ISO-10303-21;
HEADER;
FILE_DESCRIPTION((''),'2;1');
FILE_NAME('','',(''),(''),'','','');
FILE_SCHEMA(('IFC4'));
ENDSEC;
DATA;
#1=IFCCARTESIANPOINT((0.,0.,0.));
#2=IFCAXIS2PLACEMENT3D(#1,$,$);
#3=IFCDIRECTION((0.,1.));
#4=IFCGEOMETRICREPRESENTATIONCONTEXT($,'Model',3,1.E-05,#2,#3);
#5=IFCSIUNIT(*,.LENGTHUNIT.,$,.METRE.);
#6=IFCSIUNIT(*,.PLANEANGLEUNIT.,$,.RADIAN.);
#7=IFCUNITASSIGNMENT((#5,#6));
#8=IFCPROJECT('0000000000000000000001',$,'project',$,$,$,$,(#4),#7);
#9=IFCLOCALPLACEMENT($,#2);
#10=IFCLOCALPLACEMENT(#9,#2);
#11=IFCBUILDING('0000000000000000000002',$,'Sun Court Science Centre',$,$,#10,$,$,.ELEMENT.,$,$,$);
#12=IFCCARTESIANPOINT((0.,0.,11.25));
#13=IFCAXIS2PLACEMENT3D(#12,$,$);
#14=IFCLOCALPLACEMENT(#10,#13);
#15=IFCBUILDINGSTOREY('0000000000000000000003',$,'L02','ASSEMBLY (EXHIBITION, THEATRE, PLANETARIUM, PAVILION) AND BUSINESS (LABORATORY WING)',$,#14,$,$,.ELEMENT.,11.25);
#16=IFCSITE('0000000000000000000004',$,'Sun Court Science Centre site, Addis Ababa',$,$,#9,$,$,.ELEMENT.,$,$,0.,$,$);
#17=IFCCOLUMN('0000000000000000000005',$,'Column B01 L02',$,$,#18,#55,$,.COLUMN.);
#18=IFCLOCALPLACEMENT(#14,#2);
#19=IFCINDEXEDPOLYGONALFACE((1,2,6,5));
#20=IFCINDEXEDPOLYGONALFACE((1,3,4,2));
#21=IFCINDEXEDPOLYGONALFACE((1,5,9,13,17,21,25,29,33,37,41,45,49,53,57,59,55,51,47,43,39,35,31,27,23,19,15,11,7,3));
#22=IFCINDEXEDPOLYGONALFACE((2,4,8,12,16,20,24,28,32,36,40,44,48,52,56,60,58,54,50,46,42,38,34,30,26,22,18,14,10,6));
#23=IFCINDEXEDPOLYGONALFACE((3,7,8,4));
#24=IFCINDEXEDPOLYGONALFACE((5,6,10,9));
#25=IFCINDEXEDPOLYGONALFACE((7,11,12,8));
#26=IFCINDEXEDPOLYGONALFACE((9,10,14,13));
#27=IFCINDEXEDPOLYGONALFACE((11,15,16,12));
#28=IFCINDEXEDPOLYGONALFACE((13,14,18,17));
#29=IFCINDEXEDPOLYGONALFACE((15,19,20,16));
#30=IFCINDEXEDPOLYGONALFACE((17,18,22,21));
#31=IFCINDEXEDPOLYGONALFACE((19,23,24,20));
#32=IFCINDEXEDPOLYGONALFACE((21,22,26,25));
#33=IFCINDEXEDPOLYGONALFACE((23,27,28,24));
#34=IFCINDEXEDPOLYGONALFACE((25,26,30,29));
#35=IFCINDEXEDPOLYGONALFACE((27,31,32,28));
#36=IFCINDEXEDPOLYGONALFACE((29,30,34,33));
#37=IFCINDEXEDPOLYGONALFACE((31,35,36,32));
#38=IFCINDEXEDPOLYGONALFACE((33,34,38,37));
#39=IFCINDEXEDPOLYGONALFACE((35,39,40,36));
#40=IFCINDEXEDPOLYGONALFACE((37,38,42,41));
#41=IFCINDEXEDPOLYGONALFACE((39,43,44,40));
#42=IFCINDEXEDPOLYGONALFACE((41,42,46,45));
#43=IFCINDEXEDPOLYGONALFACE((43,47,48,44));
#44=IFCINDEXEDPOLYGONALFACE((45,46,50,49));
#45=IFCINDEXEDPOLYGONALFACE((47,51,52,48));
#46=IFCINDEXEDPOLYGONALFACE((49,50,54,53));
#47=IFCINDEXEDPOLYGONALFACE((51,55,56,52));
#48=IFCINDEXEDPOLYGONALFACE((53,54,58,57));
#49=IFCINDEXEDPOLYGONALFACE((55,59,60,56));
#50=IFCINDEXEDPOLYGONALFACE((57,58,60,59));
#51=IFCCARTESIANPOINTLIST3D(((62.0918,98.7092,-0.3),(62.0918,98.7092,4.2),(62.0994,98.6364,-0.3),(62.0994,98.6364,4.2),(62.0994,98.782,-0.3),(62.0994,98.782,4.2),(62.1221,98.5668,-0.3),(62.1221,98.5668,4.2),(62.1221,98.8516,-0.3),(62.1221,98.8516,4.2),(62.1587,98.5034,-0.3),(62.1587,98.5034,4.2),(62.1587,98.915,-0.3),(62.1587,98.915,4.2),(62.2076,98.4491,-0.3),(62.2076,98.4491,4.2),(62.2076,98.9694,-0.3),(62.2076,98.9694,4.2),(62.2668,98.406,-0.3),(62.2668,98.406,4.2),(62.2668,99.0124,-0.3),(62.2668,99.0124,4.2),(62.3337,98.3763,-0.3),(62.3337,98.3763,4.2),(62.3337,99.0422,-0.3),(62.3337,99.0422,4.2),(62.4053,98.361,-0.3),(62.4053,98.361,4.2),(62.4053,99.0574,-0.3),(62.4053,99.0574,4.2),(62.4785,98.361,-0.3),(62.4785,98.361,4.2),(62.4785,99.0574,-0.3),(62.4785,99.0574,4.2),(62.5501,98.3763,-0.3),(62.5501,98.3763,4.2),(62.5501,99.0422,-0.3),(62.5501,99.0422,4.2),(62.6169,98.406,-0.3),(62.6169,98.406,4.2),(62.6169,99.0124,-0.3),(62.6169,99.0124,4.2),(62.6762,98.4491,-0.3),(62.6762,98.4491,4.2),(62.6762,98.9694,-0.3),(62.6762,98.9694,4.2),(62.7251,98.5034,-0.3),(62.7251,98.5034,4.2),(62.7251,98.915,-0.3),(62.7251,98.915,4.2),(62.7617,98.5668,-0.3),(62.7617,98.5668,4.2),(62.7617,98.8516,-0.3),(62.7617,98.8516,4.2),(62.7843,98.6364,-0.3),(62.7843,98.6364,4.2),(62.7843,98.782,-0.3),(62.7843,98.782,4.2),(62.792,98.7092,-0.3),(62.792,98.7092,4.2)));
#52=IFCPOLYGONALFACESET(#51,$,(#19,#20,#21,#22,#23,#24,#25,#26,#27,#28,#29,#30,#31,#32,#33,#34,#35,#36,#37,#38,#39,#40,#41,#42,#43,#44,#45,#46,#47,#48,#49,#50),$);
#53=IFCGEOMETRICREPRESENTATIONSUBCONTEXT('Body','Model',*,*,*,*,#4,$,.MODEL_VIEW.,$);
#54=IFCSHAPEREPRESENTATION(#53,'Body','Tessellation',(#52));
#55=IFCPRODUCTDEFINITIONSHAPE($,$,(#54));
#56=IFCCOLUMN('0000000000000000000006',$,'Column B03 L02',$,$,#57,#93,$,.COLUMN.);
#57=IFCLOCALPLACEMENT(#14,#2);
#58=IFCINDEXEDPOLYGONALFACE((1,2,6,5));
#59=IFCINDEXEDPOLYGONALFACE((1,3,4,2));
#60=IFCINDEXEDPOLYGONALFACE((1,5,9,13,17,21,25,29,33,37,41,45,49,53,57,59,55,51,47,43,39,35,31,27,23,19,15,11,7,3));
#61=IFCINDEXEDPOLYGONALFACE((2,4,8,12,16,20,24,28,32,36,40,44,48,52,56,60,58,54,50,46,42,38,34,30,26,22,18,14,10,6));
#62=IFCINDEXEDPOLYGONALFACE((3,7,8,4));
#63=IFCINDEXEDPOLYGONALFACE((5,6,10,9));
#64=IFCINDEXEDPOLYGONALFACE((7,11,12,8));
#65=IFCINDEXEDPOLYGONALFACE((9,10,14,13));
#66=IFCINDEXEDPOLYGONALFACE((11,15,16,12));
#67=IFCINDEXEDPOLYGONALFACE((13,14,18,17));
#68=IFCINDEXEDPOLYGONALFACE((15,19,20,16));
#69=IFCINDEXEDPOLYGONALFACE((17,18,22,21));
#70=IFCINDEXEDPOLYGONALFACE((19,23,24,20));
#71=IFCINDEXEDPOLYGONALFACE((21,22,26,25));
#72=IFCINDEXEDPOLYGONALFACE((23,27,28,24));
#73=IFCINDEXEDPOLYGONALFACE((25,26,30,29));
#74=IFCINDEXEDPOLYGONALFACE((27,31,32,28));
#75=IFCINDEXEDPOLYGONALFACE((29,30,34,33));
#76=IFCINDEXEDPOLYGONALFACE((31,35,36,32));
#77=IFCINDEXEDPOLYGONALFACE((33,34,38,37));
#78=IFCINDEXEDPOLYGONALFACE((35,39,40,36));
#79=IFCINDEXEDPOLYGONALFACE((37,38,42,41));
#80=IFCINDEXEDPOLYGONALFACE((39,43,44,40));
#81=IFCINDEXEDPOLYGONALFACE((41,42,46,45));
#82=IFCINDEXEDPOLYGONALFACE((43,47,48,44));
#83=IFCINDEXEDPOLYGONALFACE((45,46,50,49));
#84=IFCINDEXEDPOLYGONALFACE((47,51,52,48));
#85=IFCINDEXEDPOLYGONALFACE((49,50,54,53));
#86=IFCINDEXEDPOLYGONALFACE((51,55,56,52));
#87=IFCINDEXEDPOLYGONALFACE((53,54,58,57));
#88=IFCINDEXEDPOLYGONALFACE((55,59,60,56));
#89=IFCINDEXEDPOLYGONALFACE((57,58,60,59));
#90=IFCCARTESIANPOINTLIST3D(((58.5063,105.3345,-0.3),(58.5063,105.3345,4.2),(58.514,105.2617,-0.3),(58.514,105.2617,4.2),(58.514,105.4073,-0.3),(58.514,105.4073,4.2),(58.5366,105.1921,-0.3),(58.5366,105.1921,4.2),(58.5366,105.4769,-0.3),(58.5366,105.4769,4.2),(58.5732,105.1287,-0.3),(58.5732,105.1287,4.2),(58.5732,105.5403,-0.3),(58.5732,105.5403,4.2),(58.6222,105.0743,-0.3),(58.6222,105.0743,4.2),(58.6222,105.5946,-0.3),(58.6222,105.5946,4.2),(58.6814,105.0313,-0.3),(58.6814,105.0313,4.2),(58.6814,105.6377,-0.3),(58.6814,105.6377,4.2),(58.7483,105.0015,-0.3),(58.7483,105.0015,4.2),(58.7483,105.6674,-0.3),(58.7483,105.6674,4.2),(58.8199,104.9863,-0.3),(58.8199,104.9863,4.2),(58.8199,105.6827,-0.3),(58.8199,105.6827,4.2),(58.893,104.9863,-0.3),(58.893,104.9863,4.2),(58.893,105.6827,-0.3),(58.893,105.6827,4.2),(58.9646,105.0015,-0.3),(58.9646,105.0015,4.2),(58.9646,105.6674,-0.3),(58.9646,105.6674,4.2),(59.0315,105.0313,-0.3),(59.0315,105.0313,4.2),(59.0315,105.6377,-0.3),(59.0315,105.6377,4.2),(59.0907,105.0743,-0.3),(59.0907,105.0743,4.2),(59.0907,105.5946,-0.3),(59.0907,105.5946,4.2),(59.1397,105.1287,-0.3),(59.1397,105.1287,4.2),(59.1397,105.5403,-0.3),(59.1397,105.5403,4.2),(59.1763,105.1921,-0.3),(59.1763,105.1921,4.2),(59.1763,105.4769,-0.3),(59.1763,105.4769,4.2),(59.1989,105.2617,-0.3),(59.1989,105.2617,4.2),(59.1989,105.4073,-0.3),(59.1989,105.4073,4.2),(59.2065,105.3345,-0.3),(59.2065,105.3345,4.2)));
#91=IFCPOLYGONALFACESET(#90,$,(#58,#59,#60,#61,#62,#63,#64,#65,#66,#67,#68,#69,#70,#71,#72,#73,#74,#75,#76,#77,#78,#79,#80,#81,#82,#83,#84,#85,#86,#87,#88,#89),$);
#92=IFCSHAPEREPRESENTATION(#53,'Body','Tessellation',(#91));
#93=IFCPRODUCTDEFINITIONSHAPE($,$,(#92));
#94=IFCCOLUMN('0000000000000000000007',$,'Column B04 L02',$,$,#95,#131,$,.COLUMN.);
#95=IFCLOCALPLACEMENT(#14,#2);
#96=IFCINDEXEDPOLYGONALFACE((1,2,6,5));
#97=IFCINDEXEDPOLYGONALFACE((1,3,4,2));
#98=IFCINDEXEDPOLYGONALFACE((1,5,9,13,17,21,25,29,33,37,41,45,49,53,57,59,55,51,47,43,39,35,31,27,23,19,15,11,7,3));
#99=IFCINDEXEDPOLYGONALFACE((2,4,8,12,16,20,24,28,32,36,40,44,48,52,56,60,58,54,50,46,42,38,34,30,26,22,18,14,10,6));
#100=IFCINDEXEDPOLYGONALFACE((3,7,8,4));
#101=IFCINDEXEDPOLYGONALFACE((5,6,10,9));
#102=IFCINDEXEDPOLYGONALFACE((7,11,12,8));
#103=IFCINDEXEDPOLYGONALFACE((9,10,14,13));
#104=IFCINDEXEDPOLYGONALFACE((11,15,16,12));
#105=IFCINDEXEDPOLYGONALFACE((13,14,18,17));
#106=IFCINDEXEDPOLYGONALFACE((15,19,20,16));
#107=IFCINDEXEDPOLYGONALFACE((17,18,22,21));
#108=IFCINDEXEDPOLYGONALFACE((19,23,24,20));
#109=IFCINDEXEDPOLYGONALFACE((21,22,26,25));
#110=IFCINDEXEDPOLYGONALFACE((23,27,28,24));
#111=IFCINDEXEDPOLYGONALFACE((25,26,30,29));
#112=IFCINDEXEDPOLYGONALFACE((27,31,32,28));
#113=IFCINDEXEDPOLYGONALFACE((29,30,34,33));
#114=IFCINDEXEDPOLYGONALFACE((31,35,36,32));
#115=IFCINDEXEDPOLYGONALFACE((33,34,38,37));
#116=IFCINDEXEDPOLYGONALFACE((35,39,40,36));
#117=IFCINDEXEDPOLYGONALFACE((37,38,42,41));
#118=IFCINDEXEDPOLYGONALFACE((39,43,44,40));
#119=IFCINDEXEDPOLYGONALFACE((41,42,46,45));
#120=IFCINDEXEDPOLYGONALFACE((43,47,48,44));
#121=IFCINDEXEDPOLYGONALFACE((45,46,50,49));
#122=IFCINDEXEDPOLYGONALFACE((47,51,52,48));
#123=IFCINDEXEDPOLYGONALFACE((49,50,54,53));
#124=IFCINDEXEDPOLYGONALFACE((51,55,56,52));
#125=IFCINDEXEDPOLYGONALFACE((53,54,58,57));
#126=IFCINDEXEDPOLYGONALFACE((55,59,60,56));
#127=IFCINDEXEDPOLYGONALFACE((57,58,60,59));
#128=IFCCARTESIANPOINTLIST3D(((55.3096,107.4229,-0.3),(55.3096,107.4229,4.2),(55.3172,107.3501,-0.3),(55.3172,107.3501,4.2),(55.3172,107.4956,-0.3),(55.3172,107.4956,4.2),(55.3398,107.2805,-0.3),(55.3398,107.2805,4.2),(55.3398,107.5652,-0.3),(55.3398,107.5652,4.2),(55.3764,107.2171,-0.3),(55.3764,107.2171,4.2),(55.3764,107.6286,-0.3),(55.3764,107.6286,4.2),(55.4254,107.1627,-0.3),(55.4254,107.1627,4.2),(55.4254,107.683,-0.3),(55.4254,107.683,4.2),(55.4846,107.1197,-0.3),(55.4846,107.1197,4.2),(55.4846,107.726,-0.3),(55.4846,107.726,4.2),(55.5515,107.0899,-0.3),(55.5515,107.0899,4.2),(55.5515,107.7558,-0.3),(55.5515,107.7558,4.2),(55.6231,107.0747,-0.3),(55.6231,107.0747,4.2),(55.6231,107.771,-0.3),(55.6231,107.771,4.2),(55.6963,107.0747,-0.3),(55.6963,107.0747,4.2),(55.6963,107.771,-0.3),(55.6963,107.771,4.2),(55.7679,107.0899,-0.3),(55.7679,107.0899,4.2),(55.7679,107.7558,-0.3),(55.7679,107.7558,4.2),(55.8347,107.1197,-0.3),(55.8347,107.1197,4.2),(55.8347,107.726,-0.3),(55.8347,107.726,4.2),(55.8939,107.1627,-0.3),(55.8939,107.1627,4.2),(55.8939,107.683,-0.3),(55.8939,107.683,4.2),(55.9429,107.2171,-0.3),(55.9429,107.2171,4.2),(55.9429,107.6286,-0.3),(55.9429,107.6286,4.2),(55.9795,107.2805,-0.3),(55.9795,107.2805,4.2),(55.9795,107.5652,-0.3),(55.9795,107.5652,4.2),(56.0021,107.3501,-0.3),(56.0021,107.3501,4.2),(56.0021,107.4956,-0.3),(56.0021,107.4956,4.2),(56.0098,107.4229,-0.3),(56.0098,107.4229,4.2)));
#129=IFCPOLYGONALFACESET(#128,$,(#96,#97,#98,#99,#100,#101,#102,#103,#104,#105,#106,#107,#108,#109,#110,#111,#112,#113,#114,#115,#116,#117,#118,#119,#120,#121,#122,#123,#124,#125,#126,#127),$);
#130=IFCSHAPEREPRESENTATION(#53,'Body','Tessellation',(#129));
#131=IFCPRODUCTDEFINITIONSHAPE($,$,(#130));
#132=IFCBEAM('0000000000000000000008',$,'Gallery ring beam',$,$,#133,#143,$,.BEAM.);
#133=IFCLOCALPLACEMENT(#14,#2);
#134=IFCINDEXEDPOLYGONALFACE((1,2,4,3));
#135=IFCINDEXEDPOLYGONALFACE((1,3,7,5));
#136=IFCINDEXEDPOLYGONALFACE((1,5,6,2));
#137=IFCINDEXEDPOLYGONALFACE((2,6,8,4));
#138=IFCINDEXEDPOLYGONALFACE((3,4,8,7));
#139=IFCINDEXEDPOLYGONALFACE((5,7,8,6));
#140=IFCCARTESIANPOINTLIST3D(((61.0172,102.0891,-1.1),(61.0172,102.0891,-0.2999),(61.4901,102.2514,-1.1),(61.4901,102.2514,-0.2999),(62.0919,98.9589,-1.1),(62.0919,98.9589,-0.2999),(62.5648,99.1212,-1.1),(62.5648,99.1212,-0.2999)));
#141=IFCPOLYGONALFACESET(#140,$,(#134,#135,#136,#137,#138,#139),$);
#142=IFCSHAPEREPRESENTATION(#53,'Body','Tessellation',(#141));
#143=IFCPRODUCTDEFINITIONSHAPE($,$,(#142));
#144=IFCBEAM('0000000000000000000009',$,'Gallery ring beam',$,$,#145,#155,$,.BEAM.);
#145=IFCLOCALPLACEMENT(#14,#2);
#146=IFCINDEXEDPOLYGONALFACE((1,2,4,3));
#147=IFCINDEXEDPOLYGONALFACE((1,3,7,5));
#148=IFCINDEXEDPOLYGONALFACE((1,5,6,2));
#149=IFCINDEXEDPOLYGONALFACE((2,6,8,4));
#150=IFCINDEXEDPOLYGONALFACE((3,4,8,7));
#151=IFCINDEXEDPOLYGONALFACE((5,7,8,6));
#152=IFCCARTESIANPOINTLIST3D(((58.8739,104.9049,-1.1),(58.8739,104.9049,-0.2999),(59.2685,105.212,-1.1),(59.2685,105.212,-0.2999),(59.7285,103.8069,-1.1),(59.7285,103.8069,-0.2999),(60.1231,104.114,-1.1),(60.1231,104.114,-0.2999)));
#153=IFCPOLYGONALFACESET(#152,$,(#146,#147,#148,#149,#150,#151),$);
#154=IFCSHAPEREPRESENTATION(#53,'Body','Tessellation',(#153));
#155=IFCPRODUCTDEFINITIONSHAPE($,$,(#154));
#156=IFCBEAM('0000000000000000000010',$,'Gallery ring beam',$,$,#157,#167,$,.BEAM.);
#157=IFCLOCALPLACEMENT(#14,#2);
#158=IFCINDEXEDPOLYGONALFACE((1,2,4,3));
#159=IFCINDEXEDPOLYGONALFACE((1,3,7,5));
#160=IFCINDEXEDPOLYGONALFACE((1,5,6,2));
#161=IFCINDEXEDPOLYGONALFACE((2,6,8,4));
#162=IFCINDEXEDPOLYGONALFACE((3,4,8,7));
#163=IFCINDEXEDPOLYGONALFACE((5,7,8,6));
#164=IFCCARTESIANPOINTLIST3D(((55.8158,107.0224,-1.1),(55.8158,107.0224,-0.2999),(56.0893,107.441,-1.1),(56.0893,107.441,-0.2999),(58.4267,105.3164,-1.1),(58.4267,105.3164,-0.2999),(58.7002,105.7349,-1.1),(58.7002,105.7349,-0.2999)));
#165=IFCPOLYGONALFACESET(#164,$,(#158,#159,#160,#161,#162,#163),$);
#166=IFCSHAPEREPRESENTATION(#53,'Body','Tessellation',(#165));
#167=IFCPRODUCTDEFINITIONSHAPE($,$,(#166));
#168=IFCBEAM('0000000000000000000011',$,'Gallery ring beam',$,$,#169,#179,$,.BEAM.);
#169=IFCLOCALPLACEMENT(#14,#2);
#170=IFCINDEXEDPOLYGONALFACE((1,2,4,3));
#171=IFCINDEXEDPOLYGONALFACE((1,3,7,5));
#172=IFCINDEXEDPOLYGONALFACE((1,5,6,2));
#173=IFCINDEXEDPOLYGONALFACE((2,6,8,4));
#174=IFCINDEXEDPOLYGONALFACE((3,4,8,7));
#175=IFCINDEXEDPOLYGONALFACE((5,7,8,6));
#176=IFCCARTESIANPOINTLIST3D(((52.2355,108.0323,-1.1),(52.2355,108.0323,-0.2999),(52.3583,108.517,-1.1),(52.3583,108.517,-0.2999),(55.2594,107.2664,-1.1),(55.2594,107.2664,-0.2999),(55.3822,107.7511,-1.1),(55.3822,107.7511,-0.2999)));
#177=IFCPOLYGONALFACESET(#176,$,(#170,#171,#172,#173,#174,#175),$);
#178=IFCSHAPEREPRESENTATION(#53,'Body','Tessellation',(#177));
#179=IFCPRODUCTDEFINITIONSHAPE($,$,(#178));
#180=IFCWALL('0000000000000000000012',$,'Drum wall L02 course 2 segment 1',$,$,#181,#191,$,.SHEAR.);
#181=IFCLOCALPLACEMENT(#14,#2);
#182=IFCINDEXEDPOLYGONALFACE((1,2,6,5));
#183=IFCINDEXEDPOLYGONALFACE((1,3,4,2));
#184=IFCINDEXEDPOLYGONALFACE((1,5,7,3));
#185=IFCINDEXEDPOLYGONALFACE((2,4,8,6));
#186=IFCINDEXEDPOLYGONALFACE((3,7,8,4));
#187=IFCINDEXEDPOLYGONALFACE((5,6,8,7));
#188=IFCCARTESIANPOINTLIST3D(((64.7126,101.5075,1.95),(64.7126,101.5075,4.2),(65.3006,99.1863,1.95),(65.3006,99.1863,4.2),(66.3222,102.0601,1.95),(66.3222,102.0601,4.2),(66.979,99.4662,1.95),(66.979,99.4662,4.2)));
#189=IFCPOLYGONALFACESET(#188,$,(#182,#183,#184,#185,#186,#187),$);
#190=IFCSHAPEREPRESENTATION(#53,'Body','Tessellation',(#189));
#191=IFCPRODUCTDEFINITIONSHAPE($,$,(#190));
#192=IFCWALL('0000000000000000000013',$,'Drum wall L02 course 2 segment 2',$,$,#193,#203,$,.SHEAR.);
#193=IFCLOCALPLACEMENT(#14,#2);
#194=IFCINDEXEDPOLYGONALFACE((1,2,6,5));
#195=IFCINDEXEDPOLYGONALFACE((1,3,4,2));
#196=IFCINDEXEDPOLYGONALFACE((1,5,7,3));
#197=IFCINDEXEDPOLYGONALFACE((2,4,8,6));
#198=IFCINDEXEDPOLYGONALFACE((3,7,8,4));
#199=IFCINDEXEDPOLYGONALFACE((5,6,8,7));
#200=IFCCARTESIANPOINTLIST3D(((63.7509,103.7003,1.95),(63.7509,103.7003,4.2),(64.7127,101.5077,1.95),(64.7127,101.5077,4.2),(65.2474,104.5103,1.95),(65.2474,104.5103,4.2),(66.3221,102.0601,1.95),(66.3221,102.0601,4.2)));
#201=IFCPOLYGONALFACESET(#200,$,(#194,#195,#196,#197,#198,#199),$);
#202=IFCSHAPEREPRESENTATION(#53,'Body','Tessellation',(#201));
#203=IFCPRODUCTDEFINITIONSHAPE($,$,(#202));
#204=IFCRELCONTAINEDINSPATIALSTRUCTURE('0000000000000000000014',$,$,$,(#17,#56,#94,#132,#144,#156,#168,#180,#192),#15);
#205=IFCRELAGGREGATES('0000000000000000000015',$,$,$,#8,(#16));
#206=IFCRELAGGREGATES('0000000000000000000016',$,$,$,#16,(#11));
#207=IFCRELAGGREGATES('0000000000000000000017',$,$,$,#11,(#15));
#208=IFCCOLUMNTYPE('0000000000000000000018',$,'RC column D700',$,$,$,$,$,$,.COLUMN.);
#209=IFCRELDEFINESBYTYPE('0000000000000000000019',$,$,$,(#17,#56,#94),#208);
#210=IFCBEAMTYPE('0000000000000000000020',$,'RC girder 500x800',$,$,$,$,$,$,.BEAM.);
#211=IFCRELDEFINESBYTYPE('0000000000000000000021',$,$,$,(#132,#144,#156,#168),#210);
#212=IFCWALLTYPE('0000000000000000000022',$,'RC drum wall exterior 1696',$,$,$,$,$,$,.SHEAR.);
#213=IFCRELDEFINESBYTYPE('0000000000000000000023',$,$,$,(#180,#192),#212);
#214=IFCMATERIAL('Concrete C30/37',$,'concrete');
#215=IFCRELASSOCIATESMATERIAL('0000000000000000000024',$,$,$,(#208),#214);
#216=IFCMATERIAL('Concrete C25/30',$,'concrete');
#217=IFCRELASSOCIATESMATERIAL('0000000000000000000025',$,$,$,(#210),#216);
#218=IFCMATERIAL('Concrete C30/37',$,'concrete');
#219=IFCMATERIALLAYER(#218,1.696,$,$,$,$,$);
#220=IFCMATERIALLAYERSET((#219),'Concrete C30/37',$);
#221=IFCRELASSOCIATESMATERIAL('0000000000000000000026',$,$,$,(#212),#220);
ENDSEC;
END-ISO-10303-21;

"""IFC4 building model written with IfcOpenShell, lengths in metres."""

from ifc_helpers import new_model, si_unit, direction, frame, origin, origin_2d, place, context, subcontext, project, spatial, polyline, rectangle, circle, outline, extrude, material, layer, layer_set, material_profile, profile_set, type_object, element, save


model = new_model("IFC4")

# Units and contexts
model_context = context("Model", 3, precision=1e-05, world=origin(), true_north=direction((0.0, 1.0)))
body_context = subcontext(model_context, "Body", "Model", "MODEL_VIEW")
ifc_project = project(units=[si_unit("LENGTHUNIT", "METRE"), si_unit("PLANEANGLEUNIT", "RADIAN")], contexts=[model_context])

# Site, building, storey
site_placement = place(None, origin())
site = spatial("IfcSite", under=ifc_project, at=site_placement, Name="Sun Court Science Centre site, Addis Ababa", CompositionType="ELEMENT", RefElevation=0.0)
building_placement = place(site_placement, origin())
building = spatial("IfcBuilding", under=site, at=building_placement, Name="Sun Court Science Centre", CompositionType="ELEMENT")
storey_placement = place(building_placement, frame((0.0, 0.0, 11.25)))
storey = spatial("IfcBuildingStorey", under=building, at=storey_placement, Name="L02", Description="ASSEMBLY (EXHIBITION, THEATRE, PLANETARIUM, PAVILION) AND BUSINESS (LABORATORY WING)", CompositionType="ELEMENT", Elevation=11.25)

# Columns
ifc_material_1 = material(Name="Concrete C30/37", Category="concrete")
ifc_material_profile_1 = material_profile(ifc_material_1, circle(Radius=0.3501, at=origin_2d()), Name="RC D700")
ifc_profile_set_1 = profile_set([ifc_material_profile_1], Name="Concrete C30/37")
column_type = type_object("IfcColumnType", Name="RC column D700", PredefinedType="COLUMN", material=ifc_profile_set_1)
for number, where, z_axis, x_axis, name in (
    (1, (62.4419, 98.7092, -0.3), (0.0, 0.0, 1.0), (1.0, 0.0, 0.0), "Column B01 L02"),
    (2, (58.8564, 105.3345, -0.3), (0.0, 0.0, 1.0), (1.0, 0.0, 0.0), "Column B03 L02"),
    (3, (55.6597, 107.4229, -0.3), (0.0, 0.0, 1.0), (1.0, 0.0, 0.0), "Column B04 L02"),
):
    element("IfcColumn", number, at=place(storey_placement, frame(where, z_axis=z_axis, x_axis=x_axis)), inside=storey, type_object=column_type, Name=name, PredefinedType="COLUMN", context=body_context, shape_type="SweptSolid", body=[
        extrude(circle(Radius=0.3501, at=origin_2d()), origin(), (0.0, 0.0, 1.0), 4.5),
    ])

# Beams
ifc_material_2 = material(Name="Concrete C25/30", Category="concrete")
ifc_material_profile_2 = material_profile(ifc_material_2, rectangle(XDim=0.5, YDim=0.8, at=origin_2d()), Name="RC 500x800")
ifc_profile_set_2 = profile_set([ifc_material_profile_2], Name="Concrete C25/30")
beam_type = type_object("IfcBeamType", Name="RC girder 500x800", PredefinedType="BEAM", material=ifc_profile_set_2)
beam_1_placement = place(storey_placement, frame((62.3284, 99.04, -0.7), z_axis=(-0.324735, 0.945805, 0.0), x_axis=(-0.945805, -0.324735, 0.0)))
element("IfcBeam", 4, at=beam_1_placement, inside=storey, type_object=beam_type, Name="Gallery ring beam", PredefinedType="BEAM", context=body_context, shape_type="SweptSolid", body=[
    extrude(rectangle(XDim=0.5, YDim=0.8, at=origin_2d()), origin(), (0.0, 0.0, 1.0), 3.3096),
])
beam_2_placement = place(storey_placement, frame((59.9258, 103.9604, -0.7), z_axis=(-0.614196, 0.789154, 0.0), x_axis=(-0.789154, -0.614196, 0.0)))
element("IfcBeam", 5, at=beam_2_placement, inside=storey, type_object=beam_type, Name="Gallery ring beam", PredefinedType="BEAM", context=body_context, shape_type="SweptSolid", body=[
    extrude(rectangle(XDim=0.5, YDim=0.8, at=origin_2d()), origin(), (0.0, 0.0, 1.0), 1.3914),
])
beam_3_placement = place(storey_placement, frame((58.5635, 105.5256, -0.7), z_axis=(-0.837121, 0.547017, 0.0), x_axis=(-0.547017, -0.837121, 0.0)))
element("IfcBeam", 6, at=beam_3_placement, inside=storey, type_object=beam_type, Name="Gallery ring beam", PredefinedType="BEAM", context=body_context, shape_type="SweptSolid", body=[
    extrude(rectangle(XDim=0.5, YDim=0.8, at=origin_2d()), origin(), (0.0, 0.0, 1.0), 3.1189),
])
beam_4_placement = place(storey_placement, frame((55.3208, 107.5088, -0.7), z_axis=(-0.969392, 0.245518, 0.0), x_axis=(-0.245518, -0.969392, 0.0)))
element("IfcBeam", 7, at=beam_4_placement, inside=storey, type_object=beam_type, Name="Gallery ring beam", PredefinedType="BEAM", context=body_context, shape_type="SweptSolid", body=[
    extrude(rectangle(XDim=0.5, YDim=0.8, at=origin_2d()), origin(), (0.0, 0.0, 1.0), 3.1194),
])

# Walls
ifc_material_3 = material(Name="Concrete C30/37", Category="concrete")
ifc_layer_1 = layer(ifc_material_3, 1.696)
ifc_layer_set_1 = layer_set([ifc_layer_1], Name="Concrete C30/37")
wall_type_1 = type_object("IfcWallType", Name="RC drum wall exterior 1696", PredefinedType="SHEAR", material=ifc_layer_set_1)
wall_1_placement = place(storey_placement, frame((66.157, 99.2583, 1.95), z_axis=(0.0, 0.0, 1.0), x_axis=(-0.245454, 0.969408, 0.0)))
element("IfcWall", 8, at=wall_1_placement, inside=storey, type_object=wall_type_1, Name="Drum wall L02 course 2 segment 1", PredefinedType="SHEAR", context=body_context, shape_type="SweptSolid", body=[
    extrude(outline(polyline([(-0.0002, -0.8479), (2.6755, -0.8479), (2.5349, 0.8481), (0.1404, 0.8479), (-0.0002, -0.8479)])), origin(), (0.0, 0.0, 1.0), 2.25),
])
wall_2_placement = place(storey_placement, frame((65.5457, 101.7195, 1.95), z_axis=(0.0, 0.0, 1.0), x_axis=(-0.40168, 0.91578, 0.0)))
element("IfcWall", 9, at=wall_2_placement, inside=storey, type_object=wall_type_1, Name="Drum wall L02 course 2 segment 2", PredefinedType="SHEAR", context=body_context, shape_type="SweptSolid", body=[
    extrude(outline(polyline([(0.0, -0.8479), (2.6755, -0.8479), (2.5349, 0.8479), (0.1406, 0.8479), (0.0, -0.8479)])), origin(), (0.0, 0.0, 1.0), 2.25),
])

save(model, "model.ifc")
